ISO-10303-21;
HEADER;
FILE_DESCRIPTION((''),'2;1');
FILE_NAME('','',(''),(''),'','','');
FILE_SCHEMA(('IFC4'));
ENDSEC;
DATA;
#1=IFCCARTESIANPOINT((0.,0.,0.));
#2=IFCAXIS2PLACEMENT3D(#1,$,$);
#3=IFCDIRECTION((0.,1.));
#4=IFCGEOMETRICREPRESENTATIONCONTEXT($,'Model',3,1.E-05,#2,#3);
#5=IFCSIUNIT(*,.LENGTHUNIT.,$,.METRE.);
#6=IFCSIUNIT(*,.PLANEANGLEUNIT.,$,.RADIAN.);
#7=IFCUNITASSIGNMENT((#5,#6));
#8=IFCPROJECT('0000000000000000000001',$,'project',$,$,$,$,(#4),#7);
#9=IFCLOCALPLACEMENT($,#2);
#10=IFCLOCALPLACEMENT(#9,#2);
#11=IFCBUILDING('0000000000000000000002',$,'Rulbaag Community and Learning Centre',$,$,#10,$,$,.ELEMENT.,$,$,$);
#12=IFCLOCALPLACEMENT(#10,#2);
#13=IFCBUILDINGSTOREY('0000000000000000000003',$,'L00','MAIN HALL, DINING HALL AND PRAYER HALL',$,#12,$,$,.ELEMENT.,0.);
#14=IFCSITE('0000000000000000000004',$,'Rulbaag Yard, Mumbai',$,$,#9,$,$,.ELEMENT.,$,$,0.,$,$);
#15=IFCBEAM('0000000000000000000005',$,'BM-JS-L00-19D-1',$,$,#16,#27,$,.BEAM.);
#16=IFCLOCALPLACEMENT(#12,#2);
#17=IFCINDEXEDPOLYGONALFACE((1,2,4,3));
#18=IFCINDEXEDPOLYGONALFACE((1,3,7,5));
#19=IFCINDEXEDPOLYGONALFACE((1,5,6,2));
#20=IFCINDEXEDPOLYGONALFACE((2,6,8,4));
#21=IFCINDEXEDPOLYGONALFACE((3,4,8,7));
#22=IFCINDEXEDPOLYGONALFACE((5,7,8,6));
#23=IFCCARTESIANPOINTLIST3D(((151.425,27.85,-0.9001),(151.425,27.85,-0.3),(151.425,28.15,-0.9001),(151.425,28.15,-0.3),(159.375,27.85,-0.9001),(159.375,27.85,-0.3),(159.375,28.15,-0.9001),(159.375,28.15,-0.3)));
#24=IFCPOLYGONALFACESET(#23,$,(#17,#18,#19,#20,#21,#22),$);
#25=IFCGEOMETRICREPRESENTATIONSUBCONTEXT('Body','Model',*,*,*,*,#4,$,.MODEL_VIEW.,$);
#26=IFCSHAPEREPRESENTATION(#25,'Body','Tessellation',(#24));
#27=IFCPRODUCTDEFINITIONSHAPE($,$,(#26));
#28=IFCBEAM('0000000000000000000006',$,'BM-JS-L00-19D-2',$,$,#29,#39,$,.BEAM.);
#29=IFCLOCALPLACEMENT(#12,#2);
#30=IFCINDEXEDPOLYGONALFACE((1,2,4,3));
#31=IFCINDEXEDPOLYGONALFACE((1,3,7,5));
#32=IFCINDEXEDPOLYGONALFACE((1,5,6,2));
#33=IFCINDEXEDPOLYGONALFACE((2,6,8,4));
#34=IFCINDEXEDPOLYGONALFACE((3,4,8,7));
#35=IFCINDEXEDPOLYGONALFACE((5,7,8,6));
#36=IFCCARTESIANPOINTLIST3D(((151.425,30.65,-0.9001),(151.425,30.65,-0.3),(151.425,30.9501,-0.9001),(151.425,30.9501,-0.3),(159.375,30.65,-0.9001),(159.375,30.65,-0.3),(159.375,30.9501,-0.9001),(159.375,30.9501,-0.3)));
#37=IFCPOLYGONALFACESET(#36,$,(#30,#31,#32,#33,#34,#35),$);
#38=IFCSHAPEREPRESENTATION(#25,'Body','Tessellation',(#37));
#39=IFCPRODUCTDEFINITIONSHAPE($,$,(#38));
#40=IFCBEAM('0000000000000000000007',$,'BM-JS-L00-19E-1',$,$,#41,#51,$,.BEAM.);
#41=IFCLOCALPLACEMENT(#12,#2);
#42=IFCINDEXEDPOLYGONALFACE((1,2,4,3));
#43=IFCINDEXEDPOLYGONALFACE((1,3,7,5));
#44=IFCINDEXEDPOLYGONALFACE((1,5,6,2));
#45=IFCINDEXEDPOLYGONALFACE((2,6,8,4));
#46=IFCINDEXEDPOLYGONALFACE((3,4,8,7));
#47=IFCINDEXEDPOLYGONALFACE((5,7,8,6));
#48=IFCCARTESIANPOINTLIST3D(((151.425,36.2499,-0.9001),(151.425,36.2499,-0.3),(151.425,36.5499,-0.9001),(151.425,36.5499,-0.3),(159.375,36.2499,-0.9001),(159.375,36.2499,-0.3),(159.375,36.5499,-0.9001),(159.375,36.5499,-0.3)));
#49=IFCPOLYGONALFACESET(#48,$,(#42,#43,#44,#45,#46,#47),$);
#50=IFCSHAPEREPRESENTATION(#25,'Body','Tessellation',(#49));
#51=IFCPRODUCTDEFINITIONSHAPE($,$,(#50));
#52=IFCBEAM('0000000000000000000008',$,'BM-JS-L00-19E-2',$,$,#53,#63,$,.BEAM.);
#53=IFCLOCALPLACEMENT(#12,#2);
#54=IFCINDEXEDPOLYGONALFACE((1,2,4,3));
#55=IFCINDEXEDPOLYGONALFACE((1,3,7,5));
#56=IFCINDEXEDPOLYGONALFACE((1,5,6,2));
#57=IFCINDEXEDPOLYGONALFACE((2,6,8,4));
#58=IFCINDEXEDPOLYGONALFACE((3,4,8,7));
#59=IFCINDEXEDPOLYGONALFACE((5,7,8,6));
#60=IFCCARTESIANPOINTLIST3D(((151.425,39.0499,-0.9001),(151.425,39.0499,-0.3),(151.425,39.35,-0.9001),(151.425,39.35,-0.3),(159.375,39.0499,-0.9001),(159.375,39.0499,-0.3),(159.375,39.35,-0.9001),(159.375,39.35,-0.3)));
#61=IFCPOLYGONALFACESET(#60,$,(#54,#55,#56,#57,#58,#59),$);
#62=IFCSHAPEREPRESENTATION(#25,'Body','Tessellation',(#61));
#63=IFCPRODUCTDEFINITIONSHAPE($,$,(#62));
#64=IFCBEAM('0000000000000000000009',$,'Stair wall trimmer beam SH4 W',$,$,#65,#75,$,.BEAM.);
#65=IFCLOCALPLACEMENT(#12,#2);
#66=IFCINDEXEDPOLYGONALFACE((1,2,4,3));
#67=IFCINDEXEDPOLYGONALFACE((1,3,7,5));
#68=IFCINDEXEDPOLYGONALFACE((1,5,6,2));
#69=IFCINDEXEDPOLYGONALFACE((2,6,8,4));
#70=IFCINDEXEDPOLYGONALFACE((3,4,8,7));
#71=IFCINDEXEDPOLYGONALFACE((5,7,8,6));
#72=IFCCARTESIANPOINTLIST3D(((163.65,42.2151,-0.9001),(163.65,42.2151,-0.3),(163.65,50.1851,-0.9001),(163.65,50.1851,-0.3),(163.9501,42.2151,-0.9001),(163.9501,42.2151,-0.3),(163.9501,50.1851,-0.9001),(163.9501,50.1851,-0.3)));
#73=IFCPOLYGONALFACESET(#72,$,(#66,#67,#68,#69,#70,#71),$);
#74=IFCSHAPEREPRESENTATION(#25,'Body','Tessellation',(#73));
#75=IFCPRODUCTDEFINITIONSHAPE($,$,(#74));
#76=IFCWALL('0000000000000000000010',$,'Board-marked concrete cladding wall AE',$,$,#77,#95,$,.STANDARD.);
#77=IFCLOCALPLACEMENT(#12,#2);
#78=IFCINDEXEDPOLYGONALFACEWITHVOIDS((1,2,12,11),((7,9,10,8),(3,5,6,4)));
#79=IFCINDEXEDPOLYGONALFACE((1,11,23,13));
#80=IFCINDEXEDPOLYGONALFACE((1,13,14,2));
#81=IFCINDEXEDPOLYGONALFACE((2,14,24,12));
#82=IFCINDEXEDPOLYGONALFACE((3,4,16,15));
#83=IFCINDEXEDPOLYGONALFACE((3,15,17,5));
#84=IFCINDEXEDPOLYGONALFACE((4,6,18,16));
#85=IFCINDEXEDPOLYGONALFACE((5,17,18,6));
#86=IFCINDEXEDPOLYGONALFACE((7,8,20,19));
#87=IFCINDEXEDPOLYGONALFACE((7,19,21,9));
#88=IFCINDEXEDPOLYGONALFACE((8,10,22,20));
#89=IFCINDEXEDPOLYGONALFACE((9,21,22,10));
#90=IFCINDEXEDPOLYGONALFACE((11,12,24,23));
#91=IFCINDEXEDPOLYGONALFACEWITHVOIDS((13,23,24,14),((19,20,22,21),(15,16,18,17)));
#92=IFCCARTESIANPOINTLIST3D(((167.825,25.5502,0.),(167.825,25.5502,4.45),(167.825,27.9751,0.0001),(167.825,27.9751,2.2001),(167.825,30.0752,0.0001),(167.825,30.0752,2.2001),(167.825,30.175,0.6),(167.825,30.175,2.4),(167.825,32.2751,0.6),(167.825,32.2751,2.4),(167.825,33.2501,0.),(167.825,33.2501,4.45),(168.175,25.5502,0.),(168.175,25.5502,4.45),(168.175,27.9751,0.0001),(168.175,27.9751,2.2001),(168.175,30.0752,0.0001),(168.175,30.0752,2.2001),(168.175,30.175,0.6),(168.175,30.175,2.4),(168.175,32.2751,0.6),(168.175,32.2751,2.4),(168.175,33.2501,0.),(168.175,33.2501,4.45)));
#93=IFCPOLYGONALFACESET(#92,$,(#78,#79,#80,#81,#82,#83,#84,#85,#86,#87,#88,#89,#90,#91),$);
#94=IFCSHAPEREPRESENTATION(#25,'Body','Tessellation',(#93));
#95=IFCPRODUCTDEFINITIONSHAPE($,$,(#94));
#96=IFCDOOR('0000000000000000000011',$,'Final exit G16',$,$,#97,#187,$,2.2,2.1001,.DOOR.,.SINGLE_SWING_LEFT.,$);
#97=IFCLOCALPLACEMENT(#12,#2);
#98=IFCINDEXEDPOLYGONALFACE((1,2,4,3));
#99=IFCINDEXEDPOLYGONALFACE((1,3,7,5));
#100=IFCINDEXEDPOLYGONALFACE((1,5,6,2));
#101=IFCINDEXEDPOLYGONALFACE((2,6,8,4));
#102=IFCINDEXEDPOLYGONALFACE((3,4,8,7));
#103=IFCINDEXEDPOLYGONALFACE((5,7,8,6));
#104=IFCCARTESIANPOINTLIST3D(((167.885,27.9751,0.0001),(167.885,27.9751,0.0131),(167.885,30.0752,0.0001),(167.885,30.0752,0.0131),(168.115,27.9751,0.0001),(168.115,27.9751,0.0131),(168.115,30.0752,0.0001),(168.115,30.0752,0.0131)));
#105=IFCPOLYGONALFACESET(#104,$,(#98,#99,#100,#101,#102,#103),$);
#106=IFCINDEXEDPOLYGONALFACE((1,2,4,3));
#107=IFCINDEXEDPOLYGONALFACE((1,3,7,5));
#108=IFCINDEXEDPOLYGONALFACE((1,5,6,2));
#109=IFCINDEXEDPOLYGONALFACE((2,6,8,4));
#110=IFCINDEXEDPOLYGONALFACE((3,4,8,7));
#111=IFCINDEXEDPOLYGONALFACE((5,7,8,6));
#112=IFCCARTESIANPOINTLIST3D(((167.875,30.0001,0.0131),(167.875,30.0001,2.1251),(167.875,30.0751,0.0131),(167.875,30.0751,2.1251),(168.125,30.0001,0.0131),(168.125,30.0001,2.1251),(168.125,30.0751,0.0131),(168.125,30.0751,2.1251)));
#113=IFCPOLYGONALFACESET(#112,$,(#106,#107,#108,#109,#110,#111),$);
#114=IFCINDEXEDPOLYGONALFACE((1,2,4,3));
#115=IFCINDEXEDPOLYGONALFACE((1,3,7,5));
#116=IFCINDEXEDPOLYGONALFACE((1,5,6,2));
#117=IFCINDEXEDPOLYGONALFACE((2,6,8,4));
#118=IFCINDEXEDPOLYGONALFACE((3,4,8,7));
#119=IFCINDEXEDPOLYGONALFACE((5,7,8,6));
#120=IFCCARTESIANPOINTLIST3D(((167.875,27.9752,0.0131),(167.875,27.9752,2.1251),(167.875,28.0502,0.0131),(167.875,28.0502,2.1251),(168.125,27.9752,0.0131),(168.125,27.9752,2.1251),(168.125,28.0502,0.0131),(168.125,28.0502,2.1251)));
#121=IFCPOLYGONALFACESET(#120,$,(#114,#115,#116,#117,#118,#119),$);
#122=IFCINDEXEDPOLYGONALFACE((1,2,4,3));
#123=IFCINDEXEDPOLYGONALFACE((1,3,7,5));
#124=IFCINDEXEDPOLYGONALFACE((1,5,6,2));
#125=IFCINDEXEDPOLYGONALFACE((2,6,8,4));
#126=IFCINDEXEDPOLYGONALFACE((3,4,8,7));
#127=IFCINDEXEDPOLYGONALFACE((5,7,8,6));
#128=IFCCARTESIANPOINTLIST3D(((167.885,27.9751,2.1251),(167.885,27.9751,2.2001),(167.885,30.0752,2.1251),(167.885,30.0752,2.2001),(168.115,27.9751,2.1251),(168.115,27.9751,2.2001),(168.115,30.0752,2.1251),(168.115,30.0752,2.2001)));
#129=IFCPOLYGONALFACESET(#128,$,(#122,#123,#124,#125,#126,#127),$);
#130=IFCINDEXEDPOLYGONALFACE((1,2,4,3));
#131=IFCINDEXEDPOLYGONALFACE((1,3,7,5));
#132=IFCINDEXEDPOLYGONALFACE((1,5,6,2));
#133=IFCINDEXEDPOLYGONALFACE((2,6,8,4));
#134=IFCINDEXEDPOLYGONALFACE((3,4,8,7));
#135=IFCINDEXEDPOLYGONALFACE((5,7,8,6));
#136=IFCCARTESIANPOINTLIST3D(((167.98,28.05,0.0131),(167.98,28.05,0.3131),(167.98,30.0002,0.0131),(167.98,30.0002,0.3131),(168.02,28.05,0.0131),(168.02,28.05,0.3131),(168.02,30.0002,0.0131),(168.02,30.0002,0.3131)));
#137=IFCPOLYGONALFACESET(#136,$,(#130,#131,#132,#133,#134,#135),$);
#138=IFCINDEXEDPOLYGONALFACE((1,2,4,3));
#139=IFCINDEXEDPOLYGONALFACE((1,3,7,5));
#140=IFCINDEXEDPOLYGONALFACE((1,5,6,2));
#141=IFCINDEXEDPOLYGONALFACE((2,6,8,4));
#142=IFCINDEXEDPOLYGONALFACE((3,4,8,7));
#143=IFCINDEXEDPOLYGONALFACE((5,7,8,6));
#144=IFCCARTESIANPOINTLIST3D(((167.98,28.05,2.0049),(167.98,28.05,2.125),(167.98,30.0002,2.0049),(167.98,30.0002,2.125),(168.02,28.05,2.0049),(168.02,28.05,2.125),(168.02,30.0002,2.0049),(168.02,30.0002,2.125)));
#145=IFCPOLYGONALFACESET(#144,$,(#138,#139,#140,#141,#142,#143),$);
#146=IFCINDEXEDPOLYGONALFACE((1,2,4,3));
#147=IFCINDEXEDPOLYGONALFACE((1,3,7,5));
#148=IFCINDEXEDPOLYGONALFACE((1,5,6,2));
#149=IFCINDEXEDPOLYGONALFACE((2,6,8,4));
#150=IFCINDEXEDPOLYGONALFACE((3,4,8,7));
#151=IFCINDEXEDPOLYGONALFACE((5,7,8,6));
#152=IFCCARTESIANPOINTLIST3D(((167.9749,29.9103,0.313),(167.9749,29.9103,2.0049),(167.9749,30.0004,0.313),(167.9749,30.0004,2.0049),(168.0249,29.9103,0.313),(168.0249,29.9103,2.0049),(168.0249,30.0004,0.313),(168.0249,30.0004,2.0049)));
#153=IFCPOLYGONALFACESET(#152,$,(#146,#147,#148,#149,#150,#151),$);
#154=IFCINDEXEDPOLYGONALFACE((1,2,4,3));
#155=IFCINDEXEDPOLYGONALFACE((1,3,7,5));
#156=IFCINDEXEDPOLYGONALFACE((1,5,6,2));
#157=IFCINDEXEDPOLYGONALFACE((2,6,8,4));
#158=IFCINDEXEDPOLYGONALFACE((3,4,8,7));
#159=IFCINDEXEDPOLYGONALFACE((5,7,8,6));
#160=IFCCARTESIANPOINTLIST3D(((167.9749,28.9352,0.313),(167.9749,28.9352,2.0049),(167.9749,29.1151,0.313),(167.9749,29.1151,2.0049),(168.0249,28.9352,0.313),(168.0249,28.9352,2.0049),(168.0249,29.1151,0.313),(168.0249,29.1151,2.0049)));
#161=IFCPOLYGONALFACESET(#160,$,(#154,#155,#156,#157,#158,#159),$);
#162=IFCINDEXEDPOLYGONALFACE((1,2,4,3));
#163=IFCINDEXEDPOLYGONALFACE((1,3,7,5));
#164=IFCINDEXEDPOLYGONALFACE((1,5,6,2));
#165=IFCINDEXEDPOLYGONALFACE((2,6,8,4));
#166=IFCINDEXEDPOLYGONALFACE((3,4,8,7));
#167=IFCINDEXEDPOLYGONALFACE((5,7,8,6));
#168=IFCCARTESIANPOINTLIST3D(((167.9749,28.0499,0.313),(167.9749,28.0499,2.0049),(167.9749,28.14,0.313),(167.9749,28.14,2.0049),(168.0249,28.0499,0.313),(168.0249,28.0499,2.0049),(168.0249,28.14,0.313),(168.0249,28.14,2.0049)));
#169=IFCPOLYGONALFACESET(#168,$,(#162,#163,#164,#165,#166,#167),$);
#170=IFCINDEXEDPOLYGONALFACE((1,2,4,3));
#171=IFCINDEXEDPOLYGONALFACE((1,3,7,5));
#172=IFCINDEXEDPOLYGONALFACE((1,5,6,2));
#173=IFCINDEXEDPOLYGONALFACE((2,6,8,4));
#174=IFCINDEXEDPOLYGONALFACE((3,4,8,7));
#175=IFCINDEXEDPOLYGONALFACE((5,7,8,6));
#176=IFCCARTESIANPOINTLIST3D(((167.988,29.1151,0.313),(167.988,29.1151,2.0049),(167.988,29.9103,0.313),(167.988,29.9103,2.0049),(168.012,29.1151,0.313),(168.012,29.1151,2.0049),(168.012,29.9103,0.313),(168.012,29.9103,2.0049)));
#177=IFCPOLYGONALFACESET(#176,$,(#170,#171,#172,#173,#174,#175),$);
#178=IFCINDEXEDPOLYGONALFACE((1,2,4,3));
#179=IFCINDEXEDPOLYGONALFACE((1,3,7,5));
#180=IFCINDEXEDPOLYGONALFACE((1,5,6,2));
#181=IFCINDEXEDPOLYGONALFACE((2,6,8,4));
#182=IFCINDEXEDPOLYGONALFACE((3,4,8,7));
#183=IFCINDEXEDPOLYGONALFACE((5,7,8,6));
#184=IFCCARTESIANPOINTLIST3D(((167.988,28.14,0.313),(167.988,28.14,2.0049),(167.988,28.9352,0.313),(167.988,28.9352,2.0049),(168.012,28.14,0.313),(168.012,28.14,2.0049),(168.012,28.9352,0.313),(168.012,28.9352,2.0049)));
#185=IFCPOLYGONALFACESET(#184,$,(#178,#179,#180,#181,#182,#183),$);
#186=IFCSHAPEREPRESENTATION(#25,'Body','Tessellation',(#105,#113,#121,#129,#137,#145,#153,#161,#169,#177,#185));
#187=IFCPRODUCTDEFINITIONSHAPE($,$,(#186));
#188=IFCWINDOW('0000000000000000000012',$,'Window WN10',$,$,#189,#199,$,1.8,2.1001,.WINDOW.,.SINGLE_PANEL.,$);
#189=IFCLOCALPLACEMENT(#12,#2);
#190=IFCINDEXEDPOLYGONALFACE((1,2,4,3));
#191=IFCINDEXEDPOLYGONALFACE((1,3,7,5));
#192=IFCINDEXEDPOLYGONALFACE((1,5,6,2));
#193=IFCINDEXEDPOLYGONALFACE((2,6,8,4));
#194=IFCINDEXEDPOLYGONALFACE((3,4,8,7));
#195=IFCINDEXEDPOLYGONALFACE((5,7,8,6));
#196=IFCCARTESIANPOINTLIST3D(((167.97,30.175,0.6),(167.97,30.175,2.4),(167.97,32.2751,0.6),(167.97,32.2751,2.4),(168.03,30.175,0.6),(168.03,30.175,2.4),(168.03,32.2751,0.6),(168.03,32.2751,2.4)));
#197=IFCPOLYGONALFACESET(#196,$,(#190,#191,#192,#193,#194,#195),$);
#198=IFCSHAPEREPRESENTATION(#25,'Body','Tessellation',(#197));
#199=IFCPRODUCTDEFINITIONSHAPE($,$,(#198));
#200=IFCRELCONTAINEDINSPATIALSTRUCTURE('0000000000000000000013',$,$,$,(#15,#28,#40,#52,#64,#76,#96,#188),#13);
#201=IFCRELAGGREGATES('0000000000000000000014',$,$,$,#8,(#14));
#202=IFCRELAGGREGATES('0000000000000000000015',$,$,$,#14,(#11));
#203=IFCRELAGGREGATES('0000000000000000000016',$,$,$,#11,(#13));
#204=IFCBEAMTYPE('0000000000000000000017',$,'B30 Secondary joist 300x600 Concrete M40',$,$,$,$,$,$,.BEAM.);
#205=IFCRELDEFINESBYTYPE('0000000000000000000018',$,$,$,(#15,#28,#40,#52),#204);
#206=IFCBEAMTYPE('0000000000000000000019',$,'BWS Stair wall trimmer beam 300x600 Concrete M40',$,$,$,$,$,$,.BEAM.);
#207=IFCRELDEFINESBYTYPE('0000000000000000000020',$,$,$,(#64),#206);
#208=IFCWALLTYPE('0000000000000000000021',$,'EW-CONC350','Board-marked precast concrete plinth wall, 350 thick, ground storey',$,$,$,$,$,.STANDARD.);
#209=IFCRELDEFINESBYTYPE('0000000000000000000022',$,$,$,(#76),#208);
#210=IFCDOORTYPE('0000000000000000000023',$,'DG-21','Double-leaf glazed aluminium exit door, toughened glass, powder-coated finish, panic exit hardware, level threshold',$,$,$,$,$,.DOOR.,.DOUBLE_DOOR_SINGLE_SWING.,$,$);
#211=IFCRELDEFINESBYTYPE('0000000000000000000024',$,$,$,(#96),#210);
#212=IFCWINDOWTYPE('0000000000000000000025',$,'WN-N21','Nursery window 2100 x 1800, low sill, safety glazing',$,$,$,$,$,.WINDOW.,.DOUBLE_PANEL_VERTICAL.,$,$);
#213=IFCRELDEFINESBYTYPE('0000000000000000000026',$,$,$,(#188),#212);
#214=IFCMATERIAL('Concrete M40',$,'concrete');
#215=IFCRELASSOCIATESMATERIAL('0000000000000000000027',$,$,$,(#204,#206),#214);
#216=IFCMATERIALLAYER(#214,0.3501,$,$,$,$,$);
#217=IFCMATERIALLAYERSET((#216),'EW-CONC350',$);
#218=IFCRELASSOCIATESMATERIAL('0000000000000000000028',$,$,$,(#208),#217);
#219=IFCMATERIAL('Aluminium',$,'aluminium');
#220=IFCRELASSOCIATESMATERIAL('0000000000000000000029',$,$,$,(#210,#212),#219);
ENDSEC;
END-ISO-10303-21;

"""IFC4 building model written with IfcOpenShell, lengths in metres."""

from ifc_helpers import new_model, si_unit, direction, frame, frame_2d, origin, origin_2d, place, context, subcontext, project, spatial, rectangle, extrude, material, layer, layer_set, material_profile, profile_set, type_object, element, fill, save


model = new_model("IFC4")

# Units and contexts
model_context = context("Model", 3, precision=1e-05, world=origin(), true_north=direction((0.0, 1.0)))
body_context = subcontext(model_context, "Body", "Model", "MODEL_VIEW")
ifc_project = project(units=[si_unit("LENGTHUNIT", "METRE"), si_unit("PLANEANGLEUNIT", "RADIAN")], contexts=[model_context])

# Site, building, storey
site_placement = place(None, origin())
site = spatial("IfcSite", under=ifc_project, at=site_placement, Name="Rulbaag Yard, Mumbai", CompositionType="ELEMENT", RefElevation=0.0)
building_placement = place(site_placement, origin())
building = spatial("IfcBuilding", under=site, at=building_placement, Name="Rulbaag Community and Learning Centre", CompositionType="ELEMENT")
storey_placement = place(building_placement, origin())
storey = spatial("IfcBuildingStorey", under=building, at=storey_placement, Name="L00", Description="MAIN HALL, DINING HALL AND PRAYER HALL", CompositionType="ELEMENT", Elevation=0.0)

# Shared definitions
ifc_material_1 = material(Name="Concrete M40", Category="concrete")

# Beams
ifc_material_profile_1 = material_profile(ifc_material_1, rectangle(XDim=0.3, YDim=0.6001, at=origin_2d()), Name="RB300x600")
ifc_profile_set_1 = profile_set([ifc_material_profile_1], Name="Concrete M40")
beam_type_1 = type_object("IfcBeamType", Name="B30 Secondary joist 300x600 Concrete M40", PredefinedType="BEAM", material=ifc_profile_set_1)
for number, where, z_axis, x_axis, name in (
    (1, (151.425, 28.0, -0.6001), (1.0, 0.0, 0.0), (0.0, 1.0, 0.0), "BM-JS-L00-19D-1"),
    (2, (151.425, 30.8, -0.6001), (1.0, 0.0, 0.0), (0.0, 1.0, 0.0), "BM-JS-L00-19D-2"),
    (3, (151.425, 36.3999, -0.6001), (1.0, 0.0, 0.0), (0.0, 1.0, 0.0), "BM-JS-L00-19E-1"),
    (4, (151.425, 39.2, -0.6001), (1.0, 0.0, 0.0), (0.0, 1.0, 0.0), "BM-JS-L00-19E-2"),
):
    element("IfcBeam", number, at=place(storey_placement, frame(where, z_axis=z_axis, x_axis=x_axis)), inside=storey, type_object=beam_type_1, Name=name, PredefinedType="BEAM", context=body_context, shape_type="SweptSolid", body=[
        extrude(rectangle(XDim=0.3, YDim=0.6001, at=origin_2d()), origin(), (0.0, 0.0, 1.0), 7.95),
    ])
ifc_material_profile_2 = material_profile(ifc_material_1, rectangle(XDim=0.3, YDim=0.6001, at=origin_2d()), Name="RB300x600")
ifc_profile_set_2 = profile_set([ifc_material_profile_2], Name="Concrete M40")
beam_type_2 = type_object("IfcBeamType", Name="BWS Stair wall trimmer beam 300x600 Concrete M40", PredefinedType="BEAM", material=ifc_profile_set_2)
beam_1_placement = place(storey_placement, frame((163.8, 42.2151, -0.6001), z_axis=(0.0, 1.0, 0.0), x_axis=(-1.0, 0.0, 0.0)))
element("IfcBeam", 5, at=beam_1_placement, inside=storey, type_object=beam_type_2, Name="Stair wall trimmer beam SH4 W", PredefinedType="BEAM", context=body_context, shape_type="SweptSolid", body=[
    extrude(rectangle(XDim=0.3, YDim=0.6001, at=origin_2d()), origin(), (0.0, 0.0, 1.0), 7.97),
])

# Wall, openings, door, window
ifc_layer_1 = layer(ifc_material_1, 0.3501)
ifc_layer_set_1 = layer_set([ifc_layer_1], Name="EW-CONC350")
wall_type_1 = type_object("IfcWallType", Name="EW-CONC350", Description="Board-marked precast concrete plinth wall, 350 thick, ground storey", PredefinedType="STANDARD", material=ifc_layer_set_1)
wall_1_placement = place(storey_placement, frame((168.0, 25.55, 0.0), z_axis=(0.0, 0.0, 1.0), x_axis=(0.0, 1.0, 0.0)))
wall_1 = element("IfcWall", 6, at=wall_1_placement, inside=storey, type_object=wall_type_1, Name="Board-marked concrete cladding wall AE", PredefinedType="STANDARD", context=body_context, shape_type="SweptSolid", body=[
    extrude(rectangle(XDim=7.7, YDim=0.3501, at=frame_2d((3.8501, 0.0))), origin(), (0.0, 0.0, 1.0), 4.45),
])
opening_1_placement = place(wall_1_placement, frame((4.5251, 0.0, 0.0), z_axis=(0.0, 0.0, 1.0), x_axis=(-1.0, 0.0, 0.0)))
opening_1 = element("IfcOpeningElement", 7, at=opening_1_placement, cuts=wall_1, PredefinedType="OPENING", context=body_context, shape_type="SweptSolid", body=[
    extrude(rectangle(XDim=2.1001, YDim=2.2, at=frame_2d((1.05, 1.1001))), frame((0.0, 0.1851, 0.0), z_axis=(0.0, -1.0, 0.0), x_axis=(1.0, 0.0, 0.0)), (0.0, 0.0, 1.0), 0.3701),
])
opening_2_placement = place(wall_1_placement, frame((4.625, 0.0, 0.6001)))
opening_2 = element("IfcOpeningElement", 8, at=opening_2_placement, cuts=wall_1, PredefinedType="OPENING", context=body_context, shape_type="SweptSolid", body=[
    extrude(rectangle(XDim=2.1001, YDim=1.8, at=frame_2d((1.05, 0.8999))), frame((0.0, 0.1851, 0.0), z_axis=(0.0, -1.0, 0.0), x_axis=(1.0, 0.0, 0.0)), (0.0, 0.0, 1.0), 0.3701),
])
ifc_material_2 = material(Name="Aluminium", Category="aluminium")
door_type = type_object("IfcDoorType", Name="DG-21", Description="Double-leaf glazed aluminium exit door, toughened glass, powder-coated finish, panic exit hardware, level threshold", OperationType="DOUBLE_DOOR_SINGLE_SWING", PredefinedType="DOOR", material=ifc_material_2)
door_placement = place(opening_1_placement, origin())
door = element("IfcDoor", 9, at=door_placement, inside=storey, type_object=door_type, Name="Final exit G16", OperationType="SINGLE_SWING_LEFT", OverallHeight=2.2, OverallWidth=2.1001, PredefinedType="DOOR", context=body_context, shape_type="SweptSolid", body=[
    extrude(rectangle(XDim=2.1001, YDim=0.0129, at=frame_2d((1.05, 0.0066))), frame((0.0, 0.115, 0.0), z_axis=(0.0, -1.0, 0.0), x_axis=(1.0, 0.0, 0.0)), (0.0, 0.0, 1.0), 0.23),
    extrude(rectangle(XDim=0.075, YDim=2.1121, at=frame_2d((0.0376, 1.0691))), frame((0.0, 0.125, 0.0), z_axis=(0.0, -1.0, 0.0), x_axis=(1.0, 0.0, 0.0)), (0.0, 0.0, 1.0), 0.25),
    extrude(rectangle(XDim=0.075, YDim=2.1121, at=frame_2d((2.0625, 1.0691))), frame((0.0, 0.125, 0.0), z_axis=(0.0, -1.0, 0.0), x_axis=(1.0, 0.0, 0.0)), (0.0, 0.0, 1.0), 0.25),
    extrude(rectangle(XDim=2.1001, YDim=0.075, at=frame_2d((1.05, 2.1626))), frame((0.0, 0.115, 0.0), z_axis=(0.0, -1.0, 0.0), x_axis=(1.0, 0.0, 0.0)), (0.0, 0.0, 1.0), 0.23),
    extrude(rectangle(XDim=1.9502, YDim=0.3, at=frame_2d((1.05, 0.1631))), frame((0.0, 0.02, 0.0), z_axis=(0.0, -1.0, 0.0), x_axis=(1.0, 0.0, 0.0)), (0.0, 0.0, 1.0), 0.04),
    extrude(rectangle(XDim=1.9502, YDim=0.1201, at=frame_2d((1.05, 2.0649))), frame((0.0, 0.02, 0.0), z_axis=(0.0, -1.0, 0.0), x_axis=(1.0, 0.0, 0.0)), (0.0, 0.0, 1.0), 0.04),
    extrude(rectangle(XDim=0.0901, YDim=1.6919, at=frame_2d((0.1199, 1.1589))), frame((0.0, 0.0249, 0.0), z_axis=(0.0, -1.0, 0.0), x_axis=(1.0, 0.0, 0.0)), (0.0, 0.0, 1.0), 0.05),
    extrude(rectangle(XDim=0.1799, YDim=1.6919, at=frame_2d((1.05, 1.1589))), frame((0.0, 0.0249, 0.0), z_axis=(0.0, -1.0, 0.0), x_axis=(1.0, 0.0, 0.0)), (0.0, 0.0, 1.0), 0.05),
    extrude(rectangle(XDim=0.0901, YDim=1.6919, at=frame_2d((1.9802, 1.1589))), frame((0.0, 0.0249, 0.0), z_axis=(0.0, -1.0, 0.0), x_axis=(1.0, 0.0, 0.0)), (0.0, 0.0, 1.0), 0.05),
    extrude(rectangle(XDim=0.7952, YDim=1.6919, at=frame_2d((0.5625, 1.1589))), frame((0.0, 0.012, 0.0), z_axis=(0.0, -1.0, 0.0), x_axis=(1.0, 0.0, 0.0)), (0.0, 0.0, 1.0), 0.0239),
    extrude(rectangle(XDim=0.7952, YDim=1.6919, at=frame_2d((1.5376, 1.1589))), frame((0.0, 0.012, 0.0), z_axis=(0.0, -1.0, 0.0), x_axis=(1.0, 0.0, 0.0)), (0.0, 0.0, 1.0), 0.0239),
])
fill(opening_1, door)
window_type = type_object("IfcWindowType", Name="WN-N21", Description="Nursery window 2100 x 1800, low sill, safety glazing", PartitioningType="DOUBLE_PANEL_VERTICAL", PredefinedType="WINDOW", material=ifc_material_2)
window_1_placement = place(opening_2_placement, origin())
window_1 = element("IfcWindow", 10, at=window_1_placement, inside=storey, type_object=window_type, Name="Window WN10", OverallHeight=1.8, OverallWidth=2.1001, PartitioningType="SINGLE_PANEL", PredefinedType="WINDOW", context=body_context, shape_type="SweptSolid", body=[
    extrude(rectangle(XDim=2.1001, YDim=1.8, at=frame_2d((1.05, 0.8999))), frame((0.0, 0.03, 0.0), z_axis=(0.0, -1.0, 0.0), x_axis=(1.0, 0.0, 0.0)), (0.0, 0.0, 1.0), 0.0601),
])
fill(opening_2, window_1)

save(model, "model.ifc")
